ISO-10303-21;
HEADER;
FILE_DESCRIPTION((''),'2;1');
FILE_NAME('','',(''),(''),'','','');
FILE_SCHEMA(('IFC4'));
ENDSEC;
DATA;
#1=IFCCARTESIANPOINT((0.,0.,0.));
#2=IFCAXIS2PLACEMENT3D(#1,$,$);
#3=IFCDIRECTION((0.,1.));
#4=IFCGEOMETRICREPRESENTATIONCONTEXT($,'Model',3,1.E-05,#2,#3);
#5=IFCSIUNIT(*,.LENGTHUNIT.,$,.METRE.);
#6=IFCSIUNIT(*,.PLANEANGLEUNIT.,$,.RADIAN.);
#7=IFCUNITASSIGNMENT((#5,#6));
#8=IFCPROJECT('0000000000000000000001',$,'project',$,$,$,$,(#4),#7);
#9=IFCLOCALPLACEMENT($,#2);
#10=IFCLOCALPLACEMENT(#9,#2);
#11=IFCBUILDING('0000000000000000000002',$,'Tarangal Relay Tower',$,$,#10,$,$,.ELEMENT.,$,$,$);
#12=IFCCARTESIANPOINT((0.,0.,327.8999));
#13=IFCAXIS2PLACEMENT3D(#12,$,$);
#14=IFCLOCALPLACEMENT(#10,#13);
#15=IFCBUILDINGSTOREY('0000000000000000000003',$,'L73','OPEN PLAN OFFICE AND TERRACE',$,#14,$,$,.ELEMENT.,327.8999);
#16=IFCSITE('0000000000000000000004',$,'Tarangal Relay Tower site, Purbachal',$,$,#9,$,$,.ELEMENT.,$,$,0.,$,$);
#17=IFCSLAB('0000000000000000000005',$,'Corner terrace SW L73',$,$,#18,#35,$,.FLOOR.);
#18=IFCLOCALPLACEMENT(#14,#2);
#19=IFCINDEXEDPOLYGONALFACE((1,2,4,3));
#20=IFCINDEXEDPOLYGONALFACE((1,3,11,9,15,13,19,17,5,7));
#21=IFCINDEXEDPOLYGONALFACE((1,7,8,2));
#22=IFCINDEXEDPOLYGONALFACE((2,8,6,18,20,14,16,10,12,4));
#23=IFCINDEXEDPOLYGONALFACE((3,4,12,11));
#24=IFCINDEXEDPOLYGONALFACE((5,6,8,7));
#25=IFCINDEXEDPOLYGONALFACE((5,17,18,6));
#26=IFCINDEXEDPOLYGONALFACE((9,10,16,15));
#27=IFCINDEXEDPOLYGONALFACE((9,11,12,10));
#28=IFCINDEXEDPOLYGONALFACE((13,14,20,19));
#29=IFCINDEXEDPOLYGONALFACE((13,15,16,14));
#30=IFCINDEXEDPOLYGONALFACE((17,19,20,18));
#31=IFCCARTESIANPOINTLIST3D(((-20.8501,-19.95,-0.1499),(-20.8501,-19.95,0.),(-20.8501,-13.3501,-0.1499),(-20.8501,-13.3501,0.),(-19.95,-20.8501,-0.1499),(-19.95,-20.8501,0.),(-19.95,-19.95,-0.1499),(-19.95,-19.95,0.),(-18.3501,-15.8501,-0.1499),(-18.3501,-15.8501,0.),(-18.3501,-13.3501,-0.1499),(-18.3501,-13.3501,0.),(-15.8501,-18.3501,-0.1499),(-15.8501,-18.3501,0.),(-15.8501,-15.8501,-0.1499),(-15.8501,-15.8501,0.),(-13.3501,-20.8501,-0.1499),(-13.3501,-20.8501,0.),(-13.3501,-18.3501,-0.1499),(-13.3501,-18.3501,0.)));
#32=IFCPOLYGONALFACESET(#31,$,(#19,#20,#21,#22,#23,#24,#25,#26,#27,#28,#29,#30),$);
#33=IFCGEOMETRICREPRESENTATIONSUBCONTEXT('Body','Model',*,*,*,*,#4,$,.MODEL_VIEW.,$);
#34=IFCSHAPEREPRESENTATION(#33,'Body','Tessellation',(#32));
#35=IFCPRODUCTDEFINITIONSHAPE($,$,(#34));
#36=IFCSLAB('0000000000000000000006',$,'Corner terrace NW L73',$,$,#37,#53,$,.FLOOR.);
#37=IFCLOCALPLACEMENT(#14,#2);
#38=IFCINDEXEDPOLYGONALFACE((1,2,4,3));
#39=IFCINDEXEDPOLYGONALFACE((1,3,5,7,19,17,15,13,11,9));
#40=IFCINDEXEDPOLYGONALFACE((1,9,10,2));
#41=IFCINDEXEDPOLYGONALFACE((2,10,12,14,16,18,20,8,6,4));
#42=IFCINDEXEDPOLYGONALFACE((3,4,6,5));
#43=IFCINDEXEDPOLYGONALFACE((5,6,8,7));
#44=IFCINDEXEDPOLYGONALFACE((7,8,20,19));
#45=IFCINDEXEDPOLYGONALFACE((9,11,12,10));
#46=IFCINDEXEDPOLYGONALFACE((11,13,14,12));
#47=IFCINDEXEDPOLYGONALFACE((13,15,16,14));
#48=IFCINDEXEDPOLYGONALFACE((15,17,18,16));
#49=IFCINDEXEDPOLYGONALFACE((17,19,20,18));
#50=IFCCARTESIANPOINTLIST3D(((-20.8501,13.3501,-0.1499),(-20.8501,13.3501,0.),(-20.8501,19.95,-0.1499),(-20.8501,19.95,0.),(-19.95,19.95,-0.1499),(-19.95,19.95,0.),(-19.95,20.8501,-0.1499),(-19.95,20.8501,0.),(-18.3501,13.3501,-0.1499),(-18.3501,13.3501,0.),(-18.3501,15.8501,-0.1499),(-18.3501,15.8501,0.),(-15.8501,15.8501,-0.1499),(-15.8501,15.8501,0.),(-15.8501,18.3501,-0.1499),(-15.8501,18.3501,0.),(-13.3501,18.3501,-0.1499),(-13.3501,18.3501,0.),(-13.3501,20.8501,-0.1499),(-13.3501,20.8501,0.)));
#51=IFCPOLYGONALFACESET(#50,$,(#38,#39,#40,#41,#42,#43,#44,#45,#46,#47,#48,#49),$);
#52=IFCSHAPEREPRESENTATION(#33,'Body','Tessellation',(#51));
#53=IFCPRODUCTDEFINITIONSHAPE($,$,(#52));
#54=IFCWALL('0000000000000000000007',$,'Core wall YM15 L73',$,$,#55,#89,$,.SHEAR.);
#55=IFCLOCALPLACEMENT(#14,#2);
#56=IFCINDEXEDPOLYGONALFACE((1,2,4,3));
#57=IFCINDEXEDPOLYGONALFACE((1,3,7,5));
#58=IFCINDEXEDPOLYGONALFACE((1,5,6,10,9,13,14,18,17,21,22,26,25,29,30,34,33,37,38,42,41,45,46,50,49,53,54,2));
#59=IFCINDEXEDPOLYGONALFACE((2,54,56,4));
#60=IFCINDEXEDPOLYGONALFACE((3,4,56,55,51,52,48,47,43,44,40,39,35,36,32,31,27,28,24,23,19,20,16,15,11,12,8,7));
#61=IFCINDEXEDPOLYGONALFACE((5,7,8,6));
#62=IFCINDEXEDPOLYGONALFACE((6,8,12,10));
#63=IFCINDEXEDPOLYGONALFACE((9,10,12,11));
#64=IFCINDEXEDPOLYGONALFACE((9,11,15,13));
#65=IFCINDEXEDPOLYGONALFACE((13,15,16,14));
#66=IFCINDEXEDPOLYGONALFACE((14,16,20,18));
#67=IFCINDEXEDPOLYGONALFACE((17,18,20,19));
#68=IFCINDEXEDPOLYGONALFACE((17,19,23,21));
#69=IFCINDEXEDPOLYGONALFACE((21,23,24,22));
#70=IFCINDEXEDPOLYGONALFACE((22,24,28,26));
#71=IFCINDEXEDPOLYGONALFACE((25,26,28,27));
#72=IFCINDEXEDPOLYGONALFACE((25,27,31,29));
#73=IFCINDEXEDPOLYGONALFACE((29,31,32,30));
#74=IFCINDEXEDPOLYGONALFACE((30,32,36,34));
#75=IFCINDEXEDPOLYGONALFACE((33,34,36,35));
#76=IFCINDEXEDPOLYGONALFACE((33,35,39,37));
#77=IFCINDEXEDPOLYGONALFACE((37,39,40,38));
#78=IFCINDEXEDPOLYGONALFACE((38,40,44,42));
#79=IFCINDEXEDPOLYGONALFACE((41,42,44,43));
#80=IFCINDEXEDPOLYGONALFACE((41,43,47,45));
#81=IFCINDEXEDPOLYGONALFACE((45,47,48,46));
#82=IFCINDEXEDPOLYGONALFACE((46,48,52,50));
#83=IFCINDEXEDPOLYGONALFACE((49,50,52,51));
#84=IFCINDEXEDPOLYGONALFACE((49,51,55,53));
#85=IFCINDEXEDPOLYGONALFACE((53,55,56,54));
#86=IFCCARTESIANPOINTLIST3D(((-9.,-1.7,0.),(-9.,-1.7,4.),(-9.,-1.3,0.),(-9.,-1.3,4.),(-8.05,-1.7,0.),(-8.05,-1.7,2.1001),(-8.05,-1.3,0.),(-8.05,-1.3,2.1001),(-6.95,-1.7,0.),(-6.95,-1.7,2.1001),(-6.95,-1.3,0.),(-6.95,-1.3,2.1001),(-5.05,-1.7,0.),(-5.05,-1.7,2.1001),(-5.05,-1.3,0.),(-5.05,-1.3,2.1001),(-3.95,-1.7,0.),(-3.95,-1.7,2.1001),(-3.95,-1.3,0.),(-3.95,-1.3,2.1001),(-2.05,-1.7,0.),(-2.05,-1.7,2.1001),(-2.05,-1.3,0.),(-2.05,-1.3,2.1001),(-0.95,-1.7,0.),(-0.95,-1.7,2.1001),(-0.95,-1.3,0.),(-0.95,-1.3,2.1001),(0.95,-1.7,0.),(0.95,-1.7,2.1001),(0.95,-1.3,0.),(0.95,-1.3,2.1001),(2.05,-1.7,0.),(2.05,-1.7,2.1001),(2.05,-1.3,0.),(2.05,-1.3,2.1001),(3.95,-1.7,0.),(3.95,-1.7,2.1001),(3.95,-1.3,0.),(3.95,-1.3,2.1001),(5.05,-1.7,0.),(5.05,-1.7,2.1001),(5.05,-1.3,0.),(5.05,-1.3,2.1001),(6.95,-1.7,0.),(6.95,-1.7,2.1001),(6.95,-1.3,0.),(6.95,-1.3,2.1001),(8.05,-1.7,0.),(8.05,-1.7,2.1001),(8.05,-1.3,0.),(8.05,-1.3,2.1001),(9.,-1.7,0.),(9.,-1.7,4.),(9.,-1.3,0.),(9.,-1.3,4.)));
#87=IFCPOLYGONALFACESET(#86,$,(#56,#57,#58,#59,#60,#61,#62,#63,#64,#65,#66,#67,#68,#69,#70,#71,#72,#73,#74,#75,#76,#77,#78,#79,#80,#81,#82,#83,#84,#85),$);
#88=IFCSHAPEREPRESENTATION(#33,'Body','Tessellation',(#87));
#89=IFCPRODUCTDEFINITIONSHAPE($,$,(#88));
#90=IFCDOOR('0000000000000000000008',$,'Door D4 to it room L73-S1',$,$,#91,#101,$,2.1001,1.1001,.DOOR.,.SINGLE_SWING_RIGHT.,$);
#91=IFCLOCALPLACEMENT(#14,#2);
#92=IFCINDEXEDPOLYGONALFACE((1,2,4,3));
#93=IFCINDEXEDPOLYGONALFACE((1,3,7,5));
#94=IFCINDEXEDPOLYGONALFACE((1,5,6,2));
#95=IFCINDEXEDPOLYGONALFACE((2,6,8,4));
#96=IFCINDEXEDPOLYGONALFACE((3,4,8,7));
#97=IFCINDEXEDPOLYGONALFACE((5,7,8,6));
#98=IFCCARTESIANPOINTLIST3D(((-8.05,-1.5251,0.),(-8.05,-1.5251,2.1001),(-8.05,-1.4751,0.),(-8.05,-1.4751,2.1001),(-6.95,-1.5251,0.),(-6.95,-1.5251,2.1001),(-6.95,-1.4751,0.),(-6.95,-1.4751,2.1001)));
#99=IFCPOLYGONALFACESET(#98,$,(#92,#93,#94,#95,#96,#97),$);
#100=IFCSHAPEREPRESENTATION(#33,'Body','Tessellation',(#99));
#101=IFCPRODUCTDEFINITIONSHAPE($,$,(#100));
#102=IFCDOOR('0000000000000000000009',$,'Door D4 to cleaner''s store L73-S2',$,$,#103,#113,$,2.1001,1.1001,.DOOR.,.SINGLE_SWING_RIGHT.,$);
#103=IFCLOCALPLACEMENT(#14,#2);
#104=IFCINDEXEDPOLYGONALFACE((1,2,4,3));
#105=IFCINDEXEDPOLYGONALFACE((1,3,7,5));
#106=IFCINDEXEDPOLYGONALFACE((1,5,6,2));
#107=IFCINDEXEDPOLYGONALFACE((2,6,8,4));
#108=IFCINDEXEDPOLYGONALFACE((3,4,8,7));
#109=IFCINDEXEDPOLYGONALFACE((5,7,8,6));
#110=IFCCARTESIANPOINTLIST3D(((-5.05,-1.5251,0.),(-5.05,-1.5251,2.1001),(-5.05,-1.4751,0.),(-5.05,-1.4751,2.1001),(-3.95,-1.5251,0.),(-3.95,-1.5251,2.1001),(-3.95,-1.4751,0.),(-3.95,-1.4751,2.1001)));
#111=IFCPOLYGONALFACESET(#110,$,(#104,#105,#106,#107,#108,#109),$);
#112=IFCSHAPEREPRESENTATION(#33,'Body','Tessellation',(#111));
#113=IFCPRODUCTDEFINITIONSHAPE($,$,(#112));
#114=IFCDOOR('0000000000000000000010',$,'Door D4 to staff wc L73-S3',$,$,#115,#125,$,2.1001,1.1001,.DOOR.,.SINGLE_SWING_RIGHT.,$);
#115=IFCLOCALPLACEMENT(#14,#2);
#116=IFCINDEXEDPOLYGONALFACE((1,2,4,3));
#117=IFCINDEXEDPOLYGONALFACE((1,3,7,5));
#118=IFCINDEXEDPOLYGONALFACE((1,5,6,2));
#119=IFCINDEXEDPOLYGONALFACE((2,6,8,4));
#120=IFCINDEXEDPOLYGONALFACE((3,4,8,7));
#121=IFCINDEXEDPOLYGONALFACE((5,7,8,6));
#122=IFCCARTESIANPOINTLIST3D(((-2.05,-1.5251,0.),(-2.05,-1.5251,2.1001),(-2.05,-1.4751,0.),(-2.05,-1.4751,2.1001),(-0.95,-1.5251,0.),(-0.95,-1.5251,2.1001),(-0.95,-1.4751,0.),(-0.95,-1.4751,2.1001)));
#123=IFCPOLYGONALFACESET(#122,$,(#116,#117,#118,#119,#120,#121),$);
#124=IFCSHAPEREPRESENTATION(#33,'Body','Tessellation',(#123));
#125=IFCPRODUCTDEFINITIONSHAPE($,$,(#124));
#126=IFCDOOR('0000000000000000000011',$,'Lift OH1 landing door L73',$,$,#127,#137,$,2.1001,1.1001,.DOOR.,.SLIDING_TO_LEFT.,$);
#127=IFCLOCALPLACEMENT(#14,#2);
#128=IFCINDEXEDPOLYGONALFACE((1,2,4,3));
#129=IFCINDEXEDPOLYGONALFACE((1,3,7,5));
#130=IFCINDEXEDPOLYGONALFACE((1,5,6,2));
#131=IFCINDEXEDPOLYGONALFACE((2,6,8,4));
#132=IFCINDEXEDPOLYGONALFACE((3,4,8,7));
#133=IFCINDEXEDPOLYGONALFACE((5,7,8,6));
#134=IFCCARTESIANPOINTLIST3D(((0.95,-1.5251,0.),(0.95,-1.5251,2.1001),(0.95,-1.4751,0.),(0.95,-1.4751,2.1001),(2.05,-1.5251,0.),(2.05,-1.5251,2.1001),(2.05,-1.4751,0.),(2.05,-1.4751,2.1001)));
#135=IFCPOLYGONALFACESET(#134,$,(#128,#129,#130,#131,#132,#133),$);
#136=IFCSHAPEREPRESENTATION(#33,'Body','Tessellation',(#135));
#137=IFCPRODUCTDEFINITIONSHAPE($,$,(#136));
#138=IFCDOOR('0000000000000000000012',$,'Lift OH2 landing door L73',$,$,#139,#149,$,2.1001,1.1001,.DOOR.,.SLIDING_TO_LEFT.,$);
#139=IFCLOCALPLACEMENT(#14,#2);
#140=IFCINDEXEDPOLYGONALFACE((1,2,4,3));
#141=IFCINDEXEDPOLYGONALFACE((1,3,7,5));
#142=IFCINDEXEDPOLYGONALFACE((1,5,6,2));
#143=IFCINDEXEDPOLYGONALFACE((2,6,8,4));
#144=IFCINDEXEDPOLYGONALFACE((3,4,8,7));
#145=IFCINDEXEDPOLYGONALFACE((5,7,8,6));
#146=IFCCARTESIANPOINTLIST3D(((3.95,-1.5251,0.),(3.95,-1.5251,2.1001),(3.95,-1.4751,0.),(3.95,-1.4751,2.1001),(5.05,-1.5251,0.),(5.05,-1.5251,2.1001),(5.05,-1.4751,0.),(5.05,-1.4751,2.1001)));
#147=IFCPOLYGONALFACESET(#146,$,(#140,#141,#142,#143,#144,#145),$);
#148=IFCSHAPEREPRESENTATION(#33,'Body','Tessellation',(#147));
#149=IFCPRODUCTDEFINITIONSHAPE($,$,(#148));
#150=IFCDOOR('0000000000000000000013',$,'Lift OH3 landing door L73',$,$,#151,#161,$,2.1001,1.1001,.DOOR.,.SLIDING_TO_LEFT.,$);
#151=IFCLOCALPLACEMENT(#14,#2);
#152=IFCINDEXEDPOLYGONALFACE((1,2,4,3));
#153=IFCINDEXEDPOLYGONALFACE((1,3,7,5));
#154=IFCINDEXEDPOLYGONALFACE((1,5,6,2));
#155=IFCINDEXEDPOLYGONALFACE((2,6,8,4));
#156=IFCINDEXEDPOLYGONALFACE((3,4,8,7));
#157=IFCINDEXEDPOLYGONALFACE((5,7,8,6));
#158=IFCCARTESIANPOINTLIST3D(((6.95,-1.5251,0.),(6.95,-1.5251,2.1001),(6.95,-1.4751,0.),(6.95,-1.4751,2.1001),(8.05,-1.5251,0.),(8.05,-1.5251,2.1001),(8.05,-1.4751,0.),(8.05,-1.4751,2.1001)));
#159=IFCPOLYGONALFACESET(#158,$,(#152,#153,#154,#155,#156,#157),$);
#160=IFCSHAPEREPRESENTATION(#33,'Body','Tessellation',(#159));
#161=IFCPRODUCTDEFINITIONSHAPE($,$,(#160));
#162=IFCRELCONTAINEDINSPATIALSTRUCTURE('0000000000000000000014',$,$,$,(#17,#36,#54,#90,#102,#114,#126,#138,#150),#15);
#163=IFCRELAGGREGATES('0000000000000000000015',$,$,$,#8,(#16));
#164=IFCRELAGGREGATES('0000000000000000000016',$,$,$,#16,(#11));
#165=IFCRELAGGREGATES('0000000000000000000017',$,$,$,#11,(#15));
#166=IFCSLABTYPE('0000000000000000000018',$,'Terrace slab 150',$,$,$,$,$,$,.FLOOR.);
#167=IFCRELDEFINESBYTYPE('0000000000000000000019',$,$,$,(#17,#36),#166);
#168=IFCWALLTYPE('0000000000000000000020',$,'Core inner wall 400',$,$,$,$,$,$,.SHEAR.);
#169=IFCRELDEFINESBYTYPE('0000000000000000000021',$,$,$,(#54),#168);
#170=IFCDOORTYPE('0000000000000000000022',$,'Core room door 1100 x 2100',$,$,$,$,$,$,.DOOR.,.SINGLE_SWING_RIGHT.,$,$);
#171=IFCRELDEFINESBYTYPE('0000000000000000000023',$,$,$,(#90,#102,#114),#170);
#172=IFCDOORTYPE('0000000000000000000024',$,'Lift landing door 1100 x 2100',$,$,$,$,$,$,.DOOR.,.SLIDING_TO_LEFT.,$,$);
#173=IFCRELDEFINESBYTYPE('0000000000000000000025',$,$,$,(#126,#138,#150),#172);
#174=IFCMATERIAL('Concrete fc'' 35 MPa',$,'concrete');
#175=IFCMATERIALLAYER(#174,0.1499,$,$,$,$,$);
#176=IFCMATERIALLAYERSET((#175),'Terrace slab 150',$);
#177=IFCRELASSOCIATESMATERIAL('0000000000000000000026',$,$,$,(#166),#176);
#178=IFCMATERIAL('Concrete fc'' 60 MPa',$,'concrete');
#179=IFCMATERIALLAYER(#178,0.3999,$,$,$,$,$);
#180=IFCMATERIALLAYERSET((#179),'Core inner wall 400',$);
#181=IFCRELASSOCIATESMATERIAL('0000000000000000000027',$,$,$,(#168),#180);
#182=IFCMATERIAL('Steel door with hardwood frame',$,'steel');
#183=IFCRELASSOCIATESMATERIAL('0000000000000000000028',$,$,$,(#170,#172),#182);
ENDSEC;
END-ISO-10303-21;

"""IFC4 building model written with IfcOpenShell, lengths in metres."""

from ifc_helpers import new_model, si_unit, direction, frame, frame_2d, origin, place, context, subcontext, project, spatial, polyline, rectangle, outline, extrude, material, layer, layer_set, type_object, element, fill, save


model = new_model("IFC4")

# Units and contexts
model_context = context("Model", 3, precision=1e-05, world=origin(), true_north=direction((0.0, 1.0)))
body_context = subcontext(model_context, "Body", "Model", "MODEL_VIEW")
ifc_project = project(units=[si_unit("LENGTHUNIT", "METRE"), si_unit("PLANEANGLEUNIT", "RADIAN")], contexts=[model_context])

# Site, building, storey
site_placement = place(None, origin())
site = spatial("IfcSite", under=ifc_project, at=site_placement, Name="Tarangal Relay Tower site, Purbachal", CompositionType="ELEMENT", RefElevation=0.0)
building_placement = place(site_placement, origin())
building = spatial("IfcBuilding", under=site, at=building_placement, Name="Tarangal Relay Tower", CompositionType="ELEMENT")
storey_placement = place(building_placement, frame((0.0, 0.0, 327.8999)))
storey = spatial("IfcBuildingStorey", under=building, at=storey_placement, Name="L73", Description="OPEN PLAN OFFICE AND TERRACE", CompositionType="ELEMENT", Elevation=327.8999)

# Slabs
ifc_material_1 = material(Name="Concrete fc' 35 MPa", Category="concrete")
ifc_layer_1 = layer(ifc_material_1, 0.1499)
ifc_layer_set_1 = layer_set([ifc_layer_1], Name="Terrace slab 150")
slab_type_1 = type_object("IfcSlabType", Name="Terrace slab 150", PredefinedType="FLOOR", material=ifc_layer_set_1)
slab_1_placement = place(storey_placement, frame((0.0, 0.0, -0.1499)))
element("IfcSlab", 1, at=slab_1_placement, inside=storey, type_object=slab_type_1, Name="Corner terrace SW L73", PredefinedType="FLOOR", context=body_context, shape_type="SweptSolid", body=[
    extrude(outline(polyline([(-13.3501, -20.8501), (-13.3501, -18.3501), (-15.8501, -18.3501), (-15.8501, -15.8501), (-18.3501, -15.8501), (-18.3501, -13.3501), (-20.8501, -13.3501), (-20.8501, -19.95), (-19.95, -19.95), (-19.95, -20.8501), (-13.3501, -20.8501)])), origin(), (0.0, 0.0, 1.0), 0.1499),
])
slab_2_placement = place(storey_placement, frame((0.0, 0.0, -0.1499)))
element("IfcSlab", 2, at=slab_2_placement, inside=storey, type_object=slab_type_1, Name="Corner terrace NW L73", PredefinedType="FLOOR", context=body_context, shape_type="SweptSolid", body=[
    extrude(outline(polyline([(-20.8501, 13.3501), (-18.3501, 13.3501), (-18.3501, 15.8501), (-15.8501, 15.8501), (-15.8501, 18.3501), (-13.3501, 18.3501), (-13.3501, 20.8501), (-19.95, 20.8501), (-19.95, 19.95), (-20.8501, 19.95), (-20.8501, 13.3501)])), origin(), (0.0, 0.0, 1.0), 0.1499),
])

# Wall, openings, doors
ifc_material_2 = material(Name="Concrete fc' 60 MPa", Category="concrete")
ifc_layer_2 = layer(ifc_material_2, 0.3999)
ifc_layer_set_2 = layer_set([ifc_layer_2], Name="Core inner wall 400")
wall_type_1 = type_object("IfcWallType", Name="Core inner wall 400", PredefinedType="SHEAR", material=ifc_layer_set_2)
wall_1_placement = place(storey_placement, frame((-9.0, -1.5, 0.0), z_axis=(0.0, 0.0, 1.0), x_axis=(1.0, 0.0, 0.0)))
wall_1 = element("IfcWall", 3, at=wall_1_placement, inside=storey, type_object=wall_type_1, Name="Core wall YM15 L73", PredefinedType="SHEAR", context=body_context, shape_type="SweptSolid", body=[
    extrude(rectangle(XDim=18.0, YDim=0.3999, at=frame_2d((9.0, 0.0))), origin(), (0.0, 0.0, 1.0), 4.0),
])
opening_1_placement = place(wall_1_placement, frame((9.95, 0.0, 0.0)))
opening_1 = element("IfcOpeningElement", 4, at=opening_1_placement, cuts=wall_1, PredefinedType="OPENING", context=body_context, shape_type="SweptSolid", body=[
    extrude(rectangle(XDim=1.1001, YDim=2.1001, at=frame_2d((0.55, 1.05))), frame((0.0, 0.21, 0.0), z_axis=(0.0, -1.0, 0.0), x_axis=(1.0, 0.0, 0.0)), (0.0, 0.0, 1.0), 0.4199),
])
opening_2_placement = place(wall_1_placement, frame((12.95, 0.0, 0.0)))
opening_2 = element("IfcOpeningElement", 5, at=opening_2_placement, cuts=wall_1, PredefinedType="OPENING", context=body_context, shape_type="SweptSolid", body=[
    extrude(rectangle(XDim=1.1001, YDim=2.1001, at=frame_2d((0.55, 1.05))), frame((0.0, 0.21, 0.0), z_axis=(0.0, -1.0, 0.0), x_axis=(1.0, 0.0, 0.0)), (0.0, 0.0, 1.0), 0.4199),
])
opening_3_placement = place(wall_1_placement, frame((15.95, 0.0, 0.0)))
opening_3 = element("IfcOpeningElement", 6, at=opening_3_placement, cuts=wall_1, PredefinedType="OPENING", context=body_context, shape_type="SweptSolid", body=[
    extrude(rectangle(XDim=1.1001, YDim=2.1001, at=frame_2d((0.55, 1.05))), frame((0.0, 0.21, 0.0), z_axis=(0.0, -1.0, 0.0), x_axis=(1.0, 0.0, 0.0)), (0.0, 0.0, 1.0), 0.4199),
])
opening_4_placement = place(wall_1_placement, frame((0.95, 0.0, 0.0)))
opening_4 = element("IfcOpeningElement", 7, at=opening_4_placement, cuts=wall_1, PredefinedType="OPENING", context=body_context, shape_type="SweptSolid", body=[
    extrude(rectangle(XDim=1.1001, YDim=2.1001, at=frame_2d((0.55, 1.05))), frame((0.0, 0.21, 0.0), z_axis=(0.0, -1.0, 0.0), x_axis=(1.0, 0.0, 0.0)), (0.0, 0.0, 1.0), 0.4199),
])
opening_5_placement = place(wall_1_placement, frame((3.95, 0.0, 0.0)))
opening_5 = element("IfcOpeningElement", 8, at=opening_5_placement, cuts=wall_1, PredefinedType="OPENING", context=body_context, shape_type="SweptSolid", body=[
    extrude(rectangle(XDim=1.1001, YDim=2.1001, at=frame_2d((0.55, 1.05))), frame((0.0, 0.21, 0.0), z_axis=(0.0, -1.0, 0.0), x_axis=(1.0, 0.0, 0.0)), (0.0, 0.0, 1.0), 0.4199),
])
opening_6_placement = place(wall_1_placement, frame((6.95, 0.0, 0.0)))
opening_6 = element("IfcOpeningElement", 9, at=opening_6_placement, cuts=wall_1, PredefinedType="OPENING", context=body_context, shape_type="SweptSolid", body=[
    extrude(rectangle(XDim=1.1001, YDim=2.1001, at=frame_2d((0.55, 1.05))), frame((0.0, 0.21, 0.0), z_axis=(0.0, -1.0, 0.0), x_axis=(1.0, 0.0, 0.0)), (0.0, 0.0, 1.0), 0.4199),
])
ifc_material_3 = material(Name="Steel door with hardwood frame", Category="steel")
door_type_1 = type_object("IfcDoorType", Name="Core room door 1100 x 2100", OperationType="SINGLE_SWING_RIGHT", PredefinedType="DOOR", material=ifc_material_3)
door_1_placement = place(opening_4_placement, origin())
door_1 = element("IfcDoor", 10, at=door_1_placement, inside=storey, type_object=door_type_1, Name="Door D4 to it room L73-S1", OperationType="SINGLE_SWING_RIGHT", OverallHeight=2.1001, OverallWidth=1.1001, PredefinedType="DOOR", context=body_context, shape_type="SweptSolid", body=[
    extrude(rectangle(XDim=1.1001, YDim=2.1001, at=frame_2d((0.55, 1.05))), frame((0.0, 0.0249, 0.0), z_axis=(0.0, -1.0, 0.0), x_axis=(1.0, 0.0, 0.0)), (0.0, 0.0, 1.0), 0.05),
])
fill(opening_4, door_1)
door_2_placement = place(opening_5_placement, origin())
door_2 = element("IfcDoor", 11, at=door_2_placement, inside=storey, type_object=door_type_1, Name="Door D4 to cleaner's store L73-S2", OperationType="SINGLE_SWING_RIGHT", OverallHeight=2.1001, OverallWidth=1.1001, PredefinedType="DOOR", context=body_context, shape_type="SweptSolid", body=[
    extrude(rectangle(XDim=1.1001, YDim=2.1001, at=frame_2d((0.55, 1.05))), frame((0.0, 0.0249, 0.0), z_axis=(0.0, -1.0, 0.0), x_axis=(1.0, 0.0, 0.0)), (0.0, 0.0, 1.0), 0.05),
])
fill(opening_5, door_2)
door_3_placement = place(opening_6_placement, origin())
door_3 = element("IfcDoor", 12, at=door_3_placement, inside=storey, type_object=door_type_1, Name="Door D4 to staff wc L73-S3", OperationType="SINGLE_SWING_RIGHT", OverallHeight=2.1001, OverallWidth=1.1001, PredefinedType="DOOR", context=body_context, shape_type="SweptSolid", body=[
    extrude(rectangle(XDim=1.1001, YDim=2.1001, at=frame_2d((0.55, 1.05))), frame((0.0, 0.0249, 0.0), z_axis=(0.0, -1.0, 0.0), x_axis=(1.0, 0.0, 0.0)), (0.0, 0.0, 1.0), 0.05),
])
fill(opening_6, door_3)
door_type_2 = type_object("IfcDoorType", Name="Lift landing door 1100 x 2100", OperationType="SLIDING_TO_LEFT", PredefinedType="DOOR", material=ifc_material_3)
door_4_placement = place(opening_1_placement, origin())
door_4 = element("IfcDoor", 13, at=door_4_placement, inside=storey, type_object=door_type_2, Name="Lift OH1 landing door L73", OperationType="SLIDING_TO_LEFT", OverallHeight=2.1001, OverallWidth=1.1001, PredefinedType="DOOR", context=body_context, shape_type="SweptSolid", body=[
    extrude(rectangle(XDim=1.1001, YDim=2.1001, at=frame_2d((0.55, 1.05))), frame((0.0, 0.0249, 0.0), z_axis=(0.0, -1.0, 0.0), x_axis=(1.0, 0.0, 0.0)), (0.0, 0.0, 1.0), 0.05),
])
fill(opening_1, door_4)
door_5_placement = place(opening_2_placement, origin())
door_5 = element("IfcDoor", 14, at=door_5_placement, inside=storey, type_object=door_type_2, Name="Lift OH2 landing door L73", OperationType="SLIDING_TO_LEFT", OverallHeight=2.1001, OverallWidth=1.1001, PredefinedType="DOOR", context=body_context, shape_type="SweptSolid", body=[
    extrude(rectangle(XDim=1.1001, YDim=2.1001, at=frame_2d((0.55, 1.05))), frame((0.0, 0.0249, 0.0), z_axis=(0.0, -1.0, 0.0), x_axis=(1.0, 0.0, 0.0)), (0.0, 0.0, 1.0), 0.05),
])
fill(opening_2, door_5)
door_6_placement = place(opening_3_placement, origin())
door_6 = element("IfcDoor", 15, at=door_6_placement, inside=storey, type_object=door_type_2, Name="Lift OH3 landing door L73", OperationType="SLIDING_TO_LEFT", OverallHeight=2.1001, OverallWidth=1.1001, PredefinedType="DOOR", context=body_context, shape_type="SweptSolid", body=[
    extrude(rectangle(XDim=1.1001, YDim=2.1001, at=frame_2d((0.55, 1.05))), frame((0.0, 0.0249, 0.0), z_axis=(0.0, -1.0, 0.0), x_axis=(1.0, 0.0, 0.0)), (0.0, 0.0, 1.0), 0.05),
])
fill(opening_3, door_6)

save(model, "model.ifc")
